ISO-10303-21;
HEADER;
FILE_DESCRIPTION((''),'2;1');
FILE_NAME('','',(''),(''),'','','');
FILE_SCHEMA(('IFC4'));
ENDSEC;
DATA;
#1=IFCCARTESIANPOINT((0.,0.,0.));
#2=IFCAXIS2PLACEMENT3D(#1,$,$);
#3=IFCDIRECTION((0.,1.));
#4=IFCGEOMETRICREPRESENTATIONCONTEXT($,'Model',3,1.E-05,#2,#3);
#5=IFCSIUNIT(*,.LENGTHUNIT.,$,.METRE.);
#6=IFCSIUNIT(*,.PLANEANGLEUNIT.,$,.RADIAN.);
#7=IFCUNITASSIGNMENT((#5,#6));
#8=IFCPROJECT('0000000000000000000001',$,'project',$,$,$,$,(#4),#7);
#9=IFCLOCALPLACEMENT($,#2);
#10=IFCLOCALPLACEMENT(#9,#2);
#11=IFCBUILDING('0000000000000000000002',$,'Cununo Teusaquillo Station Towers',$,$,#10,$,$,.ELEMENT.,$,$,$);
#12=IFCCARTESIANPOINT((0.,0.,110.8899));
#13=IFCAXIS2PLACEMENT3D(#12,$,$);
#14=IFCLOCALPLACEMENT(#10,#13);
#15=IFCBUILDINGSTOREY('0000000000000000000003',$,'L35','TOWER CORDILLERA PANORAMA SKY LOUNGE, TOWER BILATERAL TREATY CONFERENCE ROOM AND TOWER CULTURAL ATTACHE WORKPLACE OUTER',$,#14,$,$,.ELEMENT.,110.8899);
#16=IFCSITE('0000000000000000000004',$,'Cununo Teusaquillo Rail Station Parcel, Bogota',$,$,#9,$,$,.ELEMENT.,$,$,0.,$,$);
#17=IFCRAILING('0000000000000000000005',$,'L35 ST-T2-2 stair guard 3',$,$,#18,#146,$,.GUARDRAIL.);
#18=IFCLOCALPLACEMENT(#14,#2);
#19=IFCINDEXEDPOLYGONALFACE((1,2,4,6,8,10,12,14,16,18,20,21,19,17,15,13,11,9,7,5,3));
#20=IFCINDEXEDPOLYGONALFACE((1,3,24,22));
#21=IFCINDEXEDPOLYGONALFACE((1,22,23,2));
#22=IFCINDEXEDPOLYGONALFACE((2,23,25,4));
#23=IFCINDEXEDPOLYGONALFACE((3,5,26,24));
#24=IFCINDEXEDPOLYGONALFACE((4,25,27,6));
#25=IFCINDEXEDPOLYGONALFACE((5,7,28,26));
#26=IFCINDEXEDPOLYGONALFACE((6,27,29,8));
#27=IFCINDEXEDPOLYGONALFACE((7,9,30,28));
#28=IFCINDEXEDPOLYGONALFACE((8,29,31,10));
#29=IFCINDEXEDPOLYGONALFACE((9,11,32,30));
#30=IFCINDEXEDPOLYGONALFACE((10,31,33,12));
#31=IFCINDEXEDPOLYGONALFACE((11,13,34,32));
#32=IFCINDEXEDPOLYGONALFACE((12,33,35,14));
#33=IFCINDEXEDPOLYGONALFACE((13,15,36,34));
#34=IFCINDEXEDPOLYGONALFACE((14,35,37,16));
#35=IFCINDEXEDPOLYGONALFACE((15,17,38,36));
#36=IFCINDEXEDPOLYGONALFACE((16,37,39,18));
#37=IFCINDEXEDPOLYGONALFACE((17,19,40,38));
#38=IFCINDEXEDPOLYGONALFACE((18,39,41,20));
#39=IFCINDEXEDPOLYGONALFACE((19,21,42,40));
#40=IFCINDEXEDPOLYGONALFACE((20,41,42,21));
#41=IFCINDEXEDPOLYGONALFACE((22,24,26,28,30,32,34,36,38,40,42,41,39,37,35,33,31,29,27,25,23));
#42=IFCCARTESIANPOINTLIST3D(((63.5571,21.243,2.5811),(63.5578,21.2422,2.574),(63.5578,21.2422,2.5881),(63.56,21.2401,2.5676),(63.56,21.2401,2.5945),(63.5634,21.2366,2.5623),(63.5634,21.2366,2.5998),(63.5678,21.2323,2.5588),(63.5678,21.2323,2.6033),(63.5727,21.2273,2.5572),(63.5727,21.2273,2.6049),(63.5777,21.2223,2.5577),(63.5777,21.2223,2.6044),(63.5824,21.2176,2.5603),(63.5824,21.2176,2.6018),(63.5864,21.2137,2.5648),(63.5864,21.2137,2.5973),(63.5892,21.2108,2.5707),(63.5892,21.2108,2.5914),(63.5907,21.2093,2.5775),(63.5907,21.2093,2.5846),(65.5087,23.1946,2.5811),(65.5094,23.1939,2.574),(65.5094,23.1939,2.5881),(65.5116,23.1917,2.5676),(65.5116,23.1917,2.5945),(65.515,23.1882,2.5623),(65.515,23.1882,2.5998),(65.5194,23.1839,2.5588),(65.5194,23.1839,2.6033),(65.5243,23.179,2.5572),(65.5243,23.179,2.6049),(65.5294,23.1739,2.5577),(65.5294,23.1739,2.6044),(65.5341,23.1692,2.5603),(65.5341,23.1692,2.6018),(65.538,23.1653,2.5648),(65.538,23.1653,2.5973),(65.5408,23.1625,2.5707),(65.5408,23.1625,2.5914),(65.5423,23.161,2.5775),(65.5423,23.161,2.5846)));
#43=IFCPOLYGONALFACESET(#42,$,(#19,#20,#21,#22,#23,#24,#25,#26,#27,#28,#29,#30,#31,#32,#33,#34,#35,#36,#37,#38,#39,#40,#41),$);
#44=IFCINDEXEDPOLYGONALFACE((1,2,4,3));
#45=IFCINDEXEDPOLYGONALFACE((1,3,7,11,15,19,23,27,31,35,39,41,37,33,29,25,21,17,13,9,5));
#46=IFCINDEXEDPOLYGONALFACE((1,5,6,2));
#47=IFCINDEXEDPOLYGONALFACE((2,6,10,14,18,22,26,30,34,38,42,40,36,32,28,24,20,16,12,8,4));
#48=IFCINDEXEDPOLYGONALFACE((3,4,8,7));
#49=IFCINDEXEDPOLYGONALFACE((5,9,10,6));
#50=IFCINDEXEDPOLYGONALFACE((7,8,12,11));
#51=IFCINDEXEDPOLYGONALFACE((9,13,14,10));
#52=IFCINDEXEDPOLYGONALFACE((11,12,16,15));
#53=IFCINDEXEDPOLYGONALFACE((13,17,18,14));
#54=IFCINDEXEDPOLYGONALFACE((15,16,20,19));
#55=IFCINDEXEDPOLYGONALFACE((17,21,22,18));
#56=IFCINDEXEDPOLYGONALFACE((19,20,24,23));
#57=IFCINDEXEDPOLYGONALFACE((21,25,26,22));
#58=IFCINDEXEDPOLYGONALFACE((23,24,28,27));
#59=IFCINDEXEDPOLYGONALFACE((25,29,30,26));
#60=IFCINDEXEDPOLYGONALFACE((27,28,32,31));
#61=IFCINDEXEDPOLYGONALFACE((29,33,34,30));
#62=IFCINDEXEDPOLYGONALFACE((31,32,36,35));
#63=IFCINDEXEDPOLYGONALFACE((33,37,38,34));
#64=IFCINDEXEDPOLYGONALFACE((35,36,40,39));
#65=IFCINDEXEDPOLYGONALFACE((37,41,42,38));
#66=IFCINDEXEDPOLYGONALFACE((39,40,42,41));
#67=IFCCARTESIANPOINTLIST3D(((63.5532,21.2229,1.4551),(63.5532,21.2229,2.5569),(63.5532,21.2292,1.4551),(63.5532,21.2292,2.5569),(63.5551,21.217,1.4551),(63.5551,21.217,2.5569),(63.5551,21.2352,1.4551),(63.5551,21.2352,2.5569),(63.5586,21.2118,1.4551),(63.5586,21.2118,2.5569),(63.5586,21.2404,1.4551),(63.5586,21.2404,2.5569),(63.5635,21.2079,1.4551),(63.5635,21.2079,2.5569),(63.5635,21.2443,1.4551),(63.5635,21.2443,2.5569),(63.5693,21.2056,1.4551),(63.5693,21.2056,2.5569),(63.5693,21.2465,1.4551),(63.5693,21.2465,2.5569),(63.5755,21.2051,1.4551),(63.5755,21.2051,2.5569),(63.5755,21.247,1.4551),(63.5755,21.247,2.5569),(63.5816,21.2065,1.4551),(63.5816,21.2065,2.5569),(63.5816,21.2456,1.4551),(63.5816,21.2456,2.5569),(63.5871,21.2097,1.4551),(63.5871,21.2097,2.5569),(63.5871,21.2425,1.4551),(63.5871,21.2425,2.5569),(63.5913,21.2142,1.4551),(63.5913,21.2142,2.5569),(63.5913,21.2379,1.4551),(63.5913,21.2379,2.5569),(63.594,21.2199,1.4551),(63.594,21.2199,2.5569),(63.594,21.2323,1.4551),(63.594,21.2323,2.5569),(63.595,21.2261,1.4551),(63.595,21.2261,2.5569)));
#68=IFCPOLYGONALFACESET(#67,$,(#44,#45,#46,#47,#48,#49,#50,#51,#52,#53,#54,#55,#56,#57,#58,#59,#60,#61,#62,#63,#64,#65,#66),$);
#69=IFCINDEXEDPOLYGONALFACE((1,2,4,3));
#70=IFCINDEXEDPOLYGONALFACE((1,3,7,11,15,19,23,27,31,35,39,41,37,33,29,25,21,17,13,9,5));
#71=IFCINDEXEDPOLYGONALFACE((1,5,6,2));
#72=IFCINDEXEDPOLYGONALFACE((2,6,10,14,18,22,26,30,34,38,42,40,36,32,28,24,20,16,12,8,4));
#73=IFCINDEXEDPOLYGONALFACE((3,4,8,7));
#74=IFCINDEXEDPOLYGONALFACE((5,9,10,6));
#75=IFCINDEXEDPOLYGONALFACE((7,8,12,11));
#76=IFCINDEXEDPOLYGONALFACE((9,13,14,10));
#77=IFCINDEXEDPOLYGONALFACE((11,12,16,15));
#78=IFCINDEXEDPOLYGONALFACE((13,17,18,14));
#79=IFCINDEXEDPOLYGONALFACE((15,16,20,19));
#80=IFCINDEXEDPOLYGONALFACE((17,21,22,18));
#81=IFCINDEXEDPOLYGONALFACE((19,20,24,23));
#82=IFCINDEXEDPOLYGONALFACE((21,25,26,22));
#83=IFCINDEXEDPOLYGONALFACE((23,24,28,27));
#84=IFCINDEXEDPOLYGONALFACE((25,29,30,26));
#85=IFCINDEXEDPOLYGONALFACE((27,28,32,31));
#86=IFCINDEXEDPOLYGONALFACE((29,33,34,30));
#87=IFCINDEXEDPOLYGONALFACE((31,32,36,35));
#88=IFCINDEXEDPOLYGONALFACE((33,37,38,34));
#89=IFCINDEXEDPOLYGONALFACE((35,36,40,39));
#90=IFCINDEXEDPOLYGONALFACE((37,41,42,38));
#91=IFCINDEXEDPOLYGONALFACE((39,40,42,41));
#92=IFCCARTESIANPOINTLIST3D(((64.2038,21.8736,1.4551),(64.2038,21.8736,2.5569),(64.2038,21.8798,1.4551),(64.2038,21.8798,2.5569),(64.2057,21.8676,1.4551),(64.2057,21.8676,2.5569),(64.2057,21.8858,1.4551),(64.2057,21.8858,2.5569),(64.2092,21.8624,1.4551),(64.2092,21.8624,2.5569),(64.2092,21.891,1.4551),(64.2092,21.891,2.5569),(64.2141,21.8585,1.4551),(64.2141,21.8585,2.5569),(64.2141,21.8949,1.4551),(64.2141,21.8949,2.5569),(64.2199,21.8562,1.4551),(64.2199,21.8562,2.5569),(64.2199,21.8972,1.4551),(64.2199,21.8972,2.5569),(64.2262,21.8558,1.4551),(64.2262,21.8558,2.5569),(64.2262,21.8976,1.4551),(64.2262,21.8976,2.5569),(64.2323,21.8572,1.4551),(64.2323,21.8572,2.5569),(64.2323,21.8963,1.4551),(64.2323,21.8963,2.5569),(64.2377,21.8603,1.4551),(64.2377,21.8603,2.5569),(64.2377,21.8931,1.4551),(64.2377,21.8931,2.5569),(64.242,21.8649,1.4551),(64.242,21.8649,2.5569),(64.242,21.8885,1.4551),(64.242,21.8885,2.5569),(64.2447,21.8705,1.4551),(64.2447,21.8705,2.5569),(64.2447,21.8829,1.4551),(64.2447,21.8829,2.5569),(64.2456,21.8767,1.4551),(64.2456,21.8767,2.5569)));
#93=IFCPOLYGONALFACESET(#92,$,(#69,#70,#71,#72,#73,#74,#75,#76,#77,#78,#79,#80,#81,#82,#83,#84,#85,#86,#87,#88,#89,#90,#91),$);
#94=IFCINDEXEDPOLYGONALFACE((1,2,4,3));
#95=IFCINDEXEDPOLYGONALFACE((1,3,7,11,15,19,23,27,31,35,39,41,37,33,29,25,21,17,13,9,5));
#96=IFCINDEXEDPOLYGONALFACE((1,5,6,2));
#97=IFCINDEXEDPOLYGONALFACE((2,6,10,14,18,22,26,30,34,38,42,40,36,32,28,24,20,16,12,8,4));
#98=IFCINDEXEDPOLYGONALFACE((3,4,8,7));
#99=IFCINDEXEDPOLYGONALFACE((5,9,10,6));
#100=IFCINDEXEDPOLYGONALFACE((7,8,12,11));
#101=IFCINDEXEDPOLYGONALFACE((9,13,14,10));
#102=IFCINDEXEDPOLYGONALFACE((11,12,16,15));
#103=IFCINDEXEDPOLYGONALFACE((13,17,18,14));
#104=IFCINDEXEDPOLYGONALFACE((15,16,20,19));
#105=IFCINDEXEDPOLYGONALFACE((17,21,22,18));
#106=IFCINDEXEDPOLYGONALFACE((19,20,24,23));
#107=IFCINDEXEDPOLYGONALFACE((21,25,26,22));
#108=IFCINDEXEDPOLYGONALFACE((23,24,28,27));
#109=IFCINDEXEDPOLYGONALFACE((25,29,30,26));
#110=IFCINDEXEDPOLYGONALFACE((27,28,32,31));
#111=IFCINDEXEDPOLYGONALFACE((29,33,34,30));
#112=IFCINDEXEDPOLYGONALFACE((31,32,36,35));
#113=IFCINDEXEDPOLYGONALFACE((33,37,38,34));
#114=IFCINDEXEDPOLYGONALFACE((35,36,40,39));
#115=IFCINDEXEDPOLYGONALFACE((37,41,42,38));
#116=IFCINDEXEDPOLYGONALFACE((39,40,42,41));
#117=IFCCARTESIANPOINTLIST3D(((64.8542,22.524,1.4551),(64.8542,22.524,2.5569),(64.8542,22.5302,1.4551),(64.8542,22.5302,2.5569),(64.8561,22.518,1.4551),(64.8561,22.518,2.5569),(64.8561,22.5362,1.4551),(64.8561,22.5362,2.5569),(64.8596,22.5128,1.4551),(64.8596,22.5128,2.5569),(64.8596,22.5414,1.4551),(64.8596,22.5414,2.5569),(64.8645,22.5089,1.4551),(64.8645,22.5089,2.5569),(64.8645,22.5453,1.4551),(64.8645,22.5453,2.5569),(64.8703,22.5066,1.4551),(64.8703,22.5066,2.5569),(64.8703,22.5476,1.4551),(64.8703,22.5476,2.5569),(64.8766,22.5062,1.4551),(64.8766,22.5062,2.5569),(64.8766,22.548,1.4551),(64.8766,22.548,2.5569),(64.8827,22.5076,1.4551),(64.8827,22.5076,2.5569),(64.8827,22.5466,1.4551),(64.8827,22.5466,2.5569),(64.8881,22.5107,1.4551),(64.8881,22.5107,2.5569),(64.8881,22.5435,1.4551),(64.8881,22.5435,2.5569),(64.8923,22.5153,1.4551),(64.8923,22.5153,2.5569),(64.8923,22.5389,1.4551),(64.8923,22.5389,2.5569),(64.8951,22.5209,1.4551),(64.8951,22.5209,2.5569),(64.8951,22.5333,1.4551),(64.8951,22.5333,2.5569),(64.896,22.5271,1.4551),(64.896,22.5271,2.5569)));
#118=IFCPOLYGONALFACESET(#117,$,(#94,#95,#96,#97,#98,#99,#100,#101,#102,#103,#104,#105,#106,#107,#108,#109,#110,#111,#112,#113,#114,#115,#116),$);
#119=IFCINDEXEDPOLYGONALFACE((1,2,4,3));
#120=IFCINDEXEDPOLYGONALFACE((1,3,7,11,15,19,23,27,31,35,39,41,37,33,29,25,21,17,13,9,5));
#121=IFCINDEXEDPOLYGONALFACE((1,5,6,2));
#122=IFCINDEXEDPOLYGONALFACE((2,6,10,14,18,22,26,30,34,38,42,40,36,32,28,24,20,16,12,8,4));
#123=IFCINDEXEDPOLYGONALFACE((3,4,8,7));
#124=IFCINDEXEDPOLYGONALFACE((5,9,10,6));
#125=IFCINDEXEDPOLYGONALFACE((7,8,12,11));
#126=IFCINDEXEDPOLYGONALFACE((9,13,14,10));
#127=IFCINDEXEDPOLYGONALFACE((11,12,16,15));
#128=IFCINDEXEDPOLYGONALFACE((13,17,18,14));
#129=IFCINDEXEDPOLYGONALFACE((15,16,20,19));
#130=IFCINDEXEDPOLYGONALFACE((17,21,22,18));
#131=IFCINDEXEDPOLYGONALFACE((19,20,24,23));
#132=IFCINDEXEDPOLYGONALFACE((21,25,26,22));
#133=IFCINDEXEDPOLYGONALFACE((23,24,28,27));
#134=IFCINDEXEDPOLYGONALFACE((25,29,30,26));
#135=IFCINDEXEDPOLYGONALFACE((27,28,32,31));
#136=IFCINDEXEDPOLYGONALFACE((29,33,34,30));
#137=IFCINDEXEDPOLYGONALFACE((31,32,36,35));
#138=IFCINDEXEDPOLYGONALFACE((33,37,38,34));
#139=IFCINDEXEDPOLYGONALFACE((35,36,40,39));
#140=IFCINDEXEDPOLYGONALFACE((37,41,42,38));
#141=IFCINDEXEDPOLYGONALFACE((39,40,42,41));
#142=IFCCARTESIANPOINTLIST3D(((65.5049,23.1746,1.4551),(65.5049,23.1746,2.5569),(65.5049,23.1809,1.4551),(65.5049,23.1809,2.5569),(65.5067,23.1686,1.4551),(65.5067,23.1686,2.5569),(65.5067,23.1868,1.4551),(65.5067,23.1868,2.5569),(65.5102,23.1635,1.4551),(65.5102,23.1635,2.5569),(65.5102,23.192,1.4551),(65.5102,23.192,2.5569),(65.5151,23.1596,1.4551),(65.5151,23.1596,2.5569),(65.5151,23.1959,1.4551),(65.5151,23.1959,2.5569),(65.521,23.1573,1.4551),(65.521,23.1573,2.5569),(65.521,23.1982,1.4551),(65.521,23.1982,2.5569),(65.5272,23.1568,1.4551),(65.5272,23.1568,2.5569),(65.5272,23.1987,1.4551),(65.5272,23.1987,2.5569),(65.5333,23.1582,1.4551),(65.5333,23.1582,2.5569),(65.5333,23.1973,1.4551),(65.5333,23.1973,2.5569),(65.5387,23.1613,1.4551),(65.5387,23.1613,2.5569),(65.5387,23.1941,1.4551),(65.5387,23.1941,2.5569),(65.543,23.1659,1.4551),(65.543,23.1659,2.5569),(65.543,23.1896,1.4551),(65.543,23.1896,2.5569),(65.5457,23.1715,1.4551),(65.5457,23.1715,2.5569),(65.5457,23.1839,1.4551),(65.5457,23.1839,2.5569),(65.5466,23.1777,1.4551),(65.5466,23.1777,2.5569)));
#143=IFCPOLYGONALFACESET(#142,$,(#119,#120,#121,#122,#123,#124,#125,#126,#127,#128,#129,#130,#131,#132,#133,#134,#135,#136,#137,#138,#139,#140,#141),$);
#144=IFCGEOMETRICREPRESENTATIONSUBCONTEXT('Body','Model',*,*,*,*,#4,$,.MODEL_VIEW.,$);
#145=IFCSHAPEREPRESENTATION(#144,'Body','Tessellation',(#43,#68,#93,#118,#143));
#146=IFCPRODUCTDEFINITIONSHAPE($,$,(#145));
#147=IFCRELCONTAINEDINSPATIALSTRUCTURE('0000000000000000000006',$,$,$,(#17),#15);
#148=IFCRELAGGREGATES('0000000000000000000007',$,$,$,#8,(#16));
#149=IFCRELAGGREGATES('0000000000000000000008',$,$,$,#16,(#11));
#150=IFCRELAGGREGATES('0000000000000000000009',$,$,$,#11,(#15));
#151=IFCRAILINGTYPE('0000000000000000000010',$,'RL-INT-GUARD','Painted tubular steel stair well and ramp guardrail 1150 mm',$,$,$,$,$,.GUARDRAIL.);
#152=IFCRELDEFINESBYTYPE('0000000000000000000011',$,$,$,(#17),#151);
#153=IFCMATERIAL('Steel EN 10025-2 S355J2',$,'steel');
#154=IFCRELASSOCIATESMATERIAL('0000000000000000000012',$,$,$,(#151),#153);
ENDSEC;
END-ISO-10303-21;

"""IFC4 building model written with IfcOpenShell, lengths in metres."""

from ifc_helpers import new_model, si_unit, direction, frame, origin, origin_2d, place, context, subcontext, project, spatial, circle, extrude, material, type_object, element, save


model = new_model("IFC4")

# Units and contexts
model_context = context("Model", 3, precision=1e-05, world=origin(), true_north=direction((0.0, 1.0)))
body_context = subcontext(model_context, "Body", "Model", "MODEL_VIEW")
ifc_project = project(units=[si_unit("LENGTHUNIT", "METRE"), si_unit("PLANEANGLEUNIT", "RADIAN")], contexts=[model_context])

# Site, building, storey
site_placement = place(None, origin())
site = spatial("IfcSite", under=ifc_project, at=site_placement, Name="Cununo Teusaquillo Rail Station Parcel, Bogota", CompositionType="ELEMENT", RefElevation=0.0)
building_placement = place(site_placement, origin())
building = spatial("IfcBuilding", under=site, at=building_placement, Name="Cununo Teusaquillo Station Towers", CompositionType="ELEMENT")
storey_placement = place(building_placement, frame((0.0, 0.0, 110.8899)))
storey = spatial("IfcBuildingStorey", under=building, at=storey_placement, Name="L35", Description="TOWER CORDILLERA PANORAMA SKY LOUNGE, TOWER BILATERAL TREATY CONFERENCE ROOM AND TOWER CULTURAL ATTACHE WORKPLACE OUTER", CompositionType="ELEMENT", Elevation=110.8899)

# Railing
ifc_material_1 = material(Name="Steel EN 10025-2 S355J2", Category="steel")
railing_type = type_object("IfcRailingType", Name="RL-INT-GUARD", Description="Painted tubular steel stair well and ramp guardrail 1150 mm", PredefinedType="GUARDRAIL", material=ifc_material_1)
railing_1_placement = place(storey_placement, frame((63.574, 21.2261, 1.4551)))
element("IfcRailing", 1, at=railing_1_placement, inside=storey, type_object=railing_type, Name="L35 ST-T2-2 stair guard 3", PredefinedType="GUARDRAIL", context=body_context, shape_type="SweptSolid", body=[
    extrude(circle(Radius=0.0239, at=origin_2d()), frame((0.0, 0.0, 1.126), z_axis=(0.707107, 0.707107, 0.0), x_axis=(-0.707107, 0.707107, 0.0)), (0.0, 0.0, 1.0), 2.76),
    extrude(circle(Radius=0.021, at=origin_2d()), origin(), (0.0, 0.0, 1.0), 1.1018),
    extrude(circle(Radius=0.021, at=origin_2d()), frame((0.6506, 0.6506, 0.0)), (0.0, 0.0, 1.0), 1.1018),
    extrude(circle(Radius=0.021, at=origin_2d()), frame((1.301, 1.301, 0.0)), (0.0, 0.0, 1.0), 1.1018),
    extrude(circle(Radius=0.021, at=origin_2d()), frame((1.9517, 1.9517, 0.0)), (0.0, 0.0, 1.0), 1.1018),
])

save(model, "model.ifc")
